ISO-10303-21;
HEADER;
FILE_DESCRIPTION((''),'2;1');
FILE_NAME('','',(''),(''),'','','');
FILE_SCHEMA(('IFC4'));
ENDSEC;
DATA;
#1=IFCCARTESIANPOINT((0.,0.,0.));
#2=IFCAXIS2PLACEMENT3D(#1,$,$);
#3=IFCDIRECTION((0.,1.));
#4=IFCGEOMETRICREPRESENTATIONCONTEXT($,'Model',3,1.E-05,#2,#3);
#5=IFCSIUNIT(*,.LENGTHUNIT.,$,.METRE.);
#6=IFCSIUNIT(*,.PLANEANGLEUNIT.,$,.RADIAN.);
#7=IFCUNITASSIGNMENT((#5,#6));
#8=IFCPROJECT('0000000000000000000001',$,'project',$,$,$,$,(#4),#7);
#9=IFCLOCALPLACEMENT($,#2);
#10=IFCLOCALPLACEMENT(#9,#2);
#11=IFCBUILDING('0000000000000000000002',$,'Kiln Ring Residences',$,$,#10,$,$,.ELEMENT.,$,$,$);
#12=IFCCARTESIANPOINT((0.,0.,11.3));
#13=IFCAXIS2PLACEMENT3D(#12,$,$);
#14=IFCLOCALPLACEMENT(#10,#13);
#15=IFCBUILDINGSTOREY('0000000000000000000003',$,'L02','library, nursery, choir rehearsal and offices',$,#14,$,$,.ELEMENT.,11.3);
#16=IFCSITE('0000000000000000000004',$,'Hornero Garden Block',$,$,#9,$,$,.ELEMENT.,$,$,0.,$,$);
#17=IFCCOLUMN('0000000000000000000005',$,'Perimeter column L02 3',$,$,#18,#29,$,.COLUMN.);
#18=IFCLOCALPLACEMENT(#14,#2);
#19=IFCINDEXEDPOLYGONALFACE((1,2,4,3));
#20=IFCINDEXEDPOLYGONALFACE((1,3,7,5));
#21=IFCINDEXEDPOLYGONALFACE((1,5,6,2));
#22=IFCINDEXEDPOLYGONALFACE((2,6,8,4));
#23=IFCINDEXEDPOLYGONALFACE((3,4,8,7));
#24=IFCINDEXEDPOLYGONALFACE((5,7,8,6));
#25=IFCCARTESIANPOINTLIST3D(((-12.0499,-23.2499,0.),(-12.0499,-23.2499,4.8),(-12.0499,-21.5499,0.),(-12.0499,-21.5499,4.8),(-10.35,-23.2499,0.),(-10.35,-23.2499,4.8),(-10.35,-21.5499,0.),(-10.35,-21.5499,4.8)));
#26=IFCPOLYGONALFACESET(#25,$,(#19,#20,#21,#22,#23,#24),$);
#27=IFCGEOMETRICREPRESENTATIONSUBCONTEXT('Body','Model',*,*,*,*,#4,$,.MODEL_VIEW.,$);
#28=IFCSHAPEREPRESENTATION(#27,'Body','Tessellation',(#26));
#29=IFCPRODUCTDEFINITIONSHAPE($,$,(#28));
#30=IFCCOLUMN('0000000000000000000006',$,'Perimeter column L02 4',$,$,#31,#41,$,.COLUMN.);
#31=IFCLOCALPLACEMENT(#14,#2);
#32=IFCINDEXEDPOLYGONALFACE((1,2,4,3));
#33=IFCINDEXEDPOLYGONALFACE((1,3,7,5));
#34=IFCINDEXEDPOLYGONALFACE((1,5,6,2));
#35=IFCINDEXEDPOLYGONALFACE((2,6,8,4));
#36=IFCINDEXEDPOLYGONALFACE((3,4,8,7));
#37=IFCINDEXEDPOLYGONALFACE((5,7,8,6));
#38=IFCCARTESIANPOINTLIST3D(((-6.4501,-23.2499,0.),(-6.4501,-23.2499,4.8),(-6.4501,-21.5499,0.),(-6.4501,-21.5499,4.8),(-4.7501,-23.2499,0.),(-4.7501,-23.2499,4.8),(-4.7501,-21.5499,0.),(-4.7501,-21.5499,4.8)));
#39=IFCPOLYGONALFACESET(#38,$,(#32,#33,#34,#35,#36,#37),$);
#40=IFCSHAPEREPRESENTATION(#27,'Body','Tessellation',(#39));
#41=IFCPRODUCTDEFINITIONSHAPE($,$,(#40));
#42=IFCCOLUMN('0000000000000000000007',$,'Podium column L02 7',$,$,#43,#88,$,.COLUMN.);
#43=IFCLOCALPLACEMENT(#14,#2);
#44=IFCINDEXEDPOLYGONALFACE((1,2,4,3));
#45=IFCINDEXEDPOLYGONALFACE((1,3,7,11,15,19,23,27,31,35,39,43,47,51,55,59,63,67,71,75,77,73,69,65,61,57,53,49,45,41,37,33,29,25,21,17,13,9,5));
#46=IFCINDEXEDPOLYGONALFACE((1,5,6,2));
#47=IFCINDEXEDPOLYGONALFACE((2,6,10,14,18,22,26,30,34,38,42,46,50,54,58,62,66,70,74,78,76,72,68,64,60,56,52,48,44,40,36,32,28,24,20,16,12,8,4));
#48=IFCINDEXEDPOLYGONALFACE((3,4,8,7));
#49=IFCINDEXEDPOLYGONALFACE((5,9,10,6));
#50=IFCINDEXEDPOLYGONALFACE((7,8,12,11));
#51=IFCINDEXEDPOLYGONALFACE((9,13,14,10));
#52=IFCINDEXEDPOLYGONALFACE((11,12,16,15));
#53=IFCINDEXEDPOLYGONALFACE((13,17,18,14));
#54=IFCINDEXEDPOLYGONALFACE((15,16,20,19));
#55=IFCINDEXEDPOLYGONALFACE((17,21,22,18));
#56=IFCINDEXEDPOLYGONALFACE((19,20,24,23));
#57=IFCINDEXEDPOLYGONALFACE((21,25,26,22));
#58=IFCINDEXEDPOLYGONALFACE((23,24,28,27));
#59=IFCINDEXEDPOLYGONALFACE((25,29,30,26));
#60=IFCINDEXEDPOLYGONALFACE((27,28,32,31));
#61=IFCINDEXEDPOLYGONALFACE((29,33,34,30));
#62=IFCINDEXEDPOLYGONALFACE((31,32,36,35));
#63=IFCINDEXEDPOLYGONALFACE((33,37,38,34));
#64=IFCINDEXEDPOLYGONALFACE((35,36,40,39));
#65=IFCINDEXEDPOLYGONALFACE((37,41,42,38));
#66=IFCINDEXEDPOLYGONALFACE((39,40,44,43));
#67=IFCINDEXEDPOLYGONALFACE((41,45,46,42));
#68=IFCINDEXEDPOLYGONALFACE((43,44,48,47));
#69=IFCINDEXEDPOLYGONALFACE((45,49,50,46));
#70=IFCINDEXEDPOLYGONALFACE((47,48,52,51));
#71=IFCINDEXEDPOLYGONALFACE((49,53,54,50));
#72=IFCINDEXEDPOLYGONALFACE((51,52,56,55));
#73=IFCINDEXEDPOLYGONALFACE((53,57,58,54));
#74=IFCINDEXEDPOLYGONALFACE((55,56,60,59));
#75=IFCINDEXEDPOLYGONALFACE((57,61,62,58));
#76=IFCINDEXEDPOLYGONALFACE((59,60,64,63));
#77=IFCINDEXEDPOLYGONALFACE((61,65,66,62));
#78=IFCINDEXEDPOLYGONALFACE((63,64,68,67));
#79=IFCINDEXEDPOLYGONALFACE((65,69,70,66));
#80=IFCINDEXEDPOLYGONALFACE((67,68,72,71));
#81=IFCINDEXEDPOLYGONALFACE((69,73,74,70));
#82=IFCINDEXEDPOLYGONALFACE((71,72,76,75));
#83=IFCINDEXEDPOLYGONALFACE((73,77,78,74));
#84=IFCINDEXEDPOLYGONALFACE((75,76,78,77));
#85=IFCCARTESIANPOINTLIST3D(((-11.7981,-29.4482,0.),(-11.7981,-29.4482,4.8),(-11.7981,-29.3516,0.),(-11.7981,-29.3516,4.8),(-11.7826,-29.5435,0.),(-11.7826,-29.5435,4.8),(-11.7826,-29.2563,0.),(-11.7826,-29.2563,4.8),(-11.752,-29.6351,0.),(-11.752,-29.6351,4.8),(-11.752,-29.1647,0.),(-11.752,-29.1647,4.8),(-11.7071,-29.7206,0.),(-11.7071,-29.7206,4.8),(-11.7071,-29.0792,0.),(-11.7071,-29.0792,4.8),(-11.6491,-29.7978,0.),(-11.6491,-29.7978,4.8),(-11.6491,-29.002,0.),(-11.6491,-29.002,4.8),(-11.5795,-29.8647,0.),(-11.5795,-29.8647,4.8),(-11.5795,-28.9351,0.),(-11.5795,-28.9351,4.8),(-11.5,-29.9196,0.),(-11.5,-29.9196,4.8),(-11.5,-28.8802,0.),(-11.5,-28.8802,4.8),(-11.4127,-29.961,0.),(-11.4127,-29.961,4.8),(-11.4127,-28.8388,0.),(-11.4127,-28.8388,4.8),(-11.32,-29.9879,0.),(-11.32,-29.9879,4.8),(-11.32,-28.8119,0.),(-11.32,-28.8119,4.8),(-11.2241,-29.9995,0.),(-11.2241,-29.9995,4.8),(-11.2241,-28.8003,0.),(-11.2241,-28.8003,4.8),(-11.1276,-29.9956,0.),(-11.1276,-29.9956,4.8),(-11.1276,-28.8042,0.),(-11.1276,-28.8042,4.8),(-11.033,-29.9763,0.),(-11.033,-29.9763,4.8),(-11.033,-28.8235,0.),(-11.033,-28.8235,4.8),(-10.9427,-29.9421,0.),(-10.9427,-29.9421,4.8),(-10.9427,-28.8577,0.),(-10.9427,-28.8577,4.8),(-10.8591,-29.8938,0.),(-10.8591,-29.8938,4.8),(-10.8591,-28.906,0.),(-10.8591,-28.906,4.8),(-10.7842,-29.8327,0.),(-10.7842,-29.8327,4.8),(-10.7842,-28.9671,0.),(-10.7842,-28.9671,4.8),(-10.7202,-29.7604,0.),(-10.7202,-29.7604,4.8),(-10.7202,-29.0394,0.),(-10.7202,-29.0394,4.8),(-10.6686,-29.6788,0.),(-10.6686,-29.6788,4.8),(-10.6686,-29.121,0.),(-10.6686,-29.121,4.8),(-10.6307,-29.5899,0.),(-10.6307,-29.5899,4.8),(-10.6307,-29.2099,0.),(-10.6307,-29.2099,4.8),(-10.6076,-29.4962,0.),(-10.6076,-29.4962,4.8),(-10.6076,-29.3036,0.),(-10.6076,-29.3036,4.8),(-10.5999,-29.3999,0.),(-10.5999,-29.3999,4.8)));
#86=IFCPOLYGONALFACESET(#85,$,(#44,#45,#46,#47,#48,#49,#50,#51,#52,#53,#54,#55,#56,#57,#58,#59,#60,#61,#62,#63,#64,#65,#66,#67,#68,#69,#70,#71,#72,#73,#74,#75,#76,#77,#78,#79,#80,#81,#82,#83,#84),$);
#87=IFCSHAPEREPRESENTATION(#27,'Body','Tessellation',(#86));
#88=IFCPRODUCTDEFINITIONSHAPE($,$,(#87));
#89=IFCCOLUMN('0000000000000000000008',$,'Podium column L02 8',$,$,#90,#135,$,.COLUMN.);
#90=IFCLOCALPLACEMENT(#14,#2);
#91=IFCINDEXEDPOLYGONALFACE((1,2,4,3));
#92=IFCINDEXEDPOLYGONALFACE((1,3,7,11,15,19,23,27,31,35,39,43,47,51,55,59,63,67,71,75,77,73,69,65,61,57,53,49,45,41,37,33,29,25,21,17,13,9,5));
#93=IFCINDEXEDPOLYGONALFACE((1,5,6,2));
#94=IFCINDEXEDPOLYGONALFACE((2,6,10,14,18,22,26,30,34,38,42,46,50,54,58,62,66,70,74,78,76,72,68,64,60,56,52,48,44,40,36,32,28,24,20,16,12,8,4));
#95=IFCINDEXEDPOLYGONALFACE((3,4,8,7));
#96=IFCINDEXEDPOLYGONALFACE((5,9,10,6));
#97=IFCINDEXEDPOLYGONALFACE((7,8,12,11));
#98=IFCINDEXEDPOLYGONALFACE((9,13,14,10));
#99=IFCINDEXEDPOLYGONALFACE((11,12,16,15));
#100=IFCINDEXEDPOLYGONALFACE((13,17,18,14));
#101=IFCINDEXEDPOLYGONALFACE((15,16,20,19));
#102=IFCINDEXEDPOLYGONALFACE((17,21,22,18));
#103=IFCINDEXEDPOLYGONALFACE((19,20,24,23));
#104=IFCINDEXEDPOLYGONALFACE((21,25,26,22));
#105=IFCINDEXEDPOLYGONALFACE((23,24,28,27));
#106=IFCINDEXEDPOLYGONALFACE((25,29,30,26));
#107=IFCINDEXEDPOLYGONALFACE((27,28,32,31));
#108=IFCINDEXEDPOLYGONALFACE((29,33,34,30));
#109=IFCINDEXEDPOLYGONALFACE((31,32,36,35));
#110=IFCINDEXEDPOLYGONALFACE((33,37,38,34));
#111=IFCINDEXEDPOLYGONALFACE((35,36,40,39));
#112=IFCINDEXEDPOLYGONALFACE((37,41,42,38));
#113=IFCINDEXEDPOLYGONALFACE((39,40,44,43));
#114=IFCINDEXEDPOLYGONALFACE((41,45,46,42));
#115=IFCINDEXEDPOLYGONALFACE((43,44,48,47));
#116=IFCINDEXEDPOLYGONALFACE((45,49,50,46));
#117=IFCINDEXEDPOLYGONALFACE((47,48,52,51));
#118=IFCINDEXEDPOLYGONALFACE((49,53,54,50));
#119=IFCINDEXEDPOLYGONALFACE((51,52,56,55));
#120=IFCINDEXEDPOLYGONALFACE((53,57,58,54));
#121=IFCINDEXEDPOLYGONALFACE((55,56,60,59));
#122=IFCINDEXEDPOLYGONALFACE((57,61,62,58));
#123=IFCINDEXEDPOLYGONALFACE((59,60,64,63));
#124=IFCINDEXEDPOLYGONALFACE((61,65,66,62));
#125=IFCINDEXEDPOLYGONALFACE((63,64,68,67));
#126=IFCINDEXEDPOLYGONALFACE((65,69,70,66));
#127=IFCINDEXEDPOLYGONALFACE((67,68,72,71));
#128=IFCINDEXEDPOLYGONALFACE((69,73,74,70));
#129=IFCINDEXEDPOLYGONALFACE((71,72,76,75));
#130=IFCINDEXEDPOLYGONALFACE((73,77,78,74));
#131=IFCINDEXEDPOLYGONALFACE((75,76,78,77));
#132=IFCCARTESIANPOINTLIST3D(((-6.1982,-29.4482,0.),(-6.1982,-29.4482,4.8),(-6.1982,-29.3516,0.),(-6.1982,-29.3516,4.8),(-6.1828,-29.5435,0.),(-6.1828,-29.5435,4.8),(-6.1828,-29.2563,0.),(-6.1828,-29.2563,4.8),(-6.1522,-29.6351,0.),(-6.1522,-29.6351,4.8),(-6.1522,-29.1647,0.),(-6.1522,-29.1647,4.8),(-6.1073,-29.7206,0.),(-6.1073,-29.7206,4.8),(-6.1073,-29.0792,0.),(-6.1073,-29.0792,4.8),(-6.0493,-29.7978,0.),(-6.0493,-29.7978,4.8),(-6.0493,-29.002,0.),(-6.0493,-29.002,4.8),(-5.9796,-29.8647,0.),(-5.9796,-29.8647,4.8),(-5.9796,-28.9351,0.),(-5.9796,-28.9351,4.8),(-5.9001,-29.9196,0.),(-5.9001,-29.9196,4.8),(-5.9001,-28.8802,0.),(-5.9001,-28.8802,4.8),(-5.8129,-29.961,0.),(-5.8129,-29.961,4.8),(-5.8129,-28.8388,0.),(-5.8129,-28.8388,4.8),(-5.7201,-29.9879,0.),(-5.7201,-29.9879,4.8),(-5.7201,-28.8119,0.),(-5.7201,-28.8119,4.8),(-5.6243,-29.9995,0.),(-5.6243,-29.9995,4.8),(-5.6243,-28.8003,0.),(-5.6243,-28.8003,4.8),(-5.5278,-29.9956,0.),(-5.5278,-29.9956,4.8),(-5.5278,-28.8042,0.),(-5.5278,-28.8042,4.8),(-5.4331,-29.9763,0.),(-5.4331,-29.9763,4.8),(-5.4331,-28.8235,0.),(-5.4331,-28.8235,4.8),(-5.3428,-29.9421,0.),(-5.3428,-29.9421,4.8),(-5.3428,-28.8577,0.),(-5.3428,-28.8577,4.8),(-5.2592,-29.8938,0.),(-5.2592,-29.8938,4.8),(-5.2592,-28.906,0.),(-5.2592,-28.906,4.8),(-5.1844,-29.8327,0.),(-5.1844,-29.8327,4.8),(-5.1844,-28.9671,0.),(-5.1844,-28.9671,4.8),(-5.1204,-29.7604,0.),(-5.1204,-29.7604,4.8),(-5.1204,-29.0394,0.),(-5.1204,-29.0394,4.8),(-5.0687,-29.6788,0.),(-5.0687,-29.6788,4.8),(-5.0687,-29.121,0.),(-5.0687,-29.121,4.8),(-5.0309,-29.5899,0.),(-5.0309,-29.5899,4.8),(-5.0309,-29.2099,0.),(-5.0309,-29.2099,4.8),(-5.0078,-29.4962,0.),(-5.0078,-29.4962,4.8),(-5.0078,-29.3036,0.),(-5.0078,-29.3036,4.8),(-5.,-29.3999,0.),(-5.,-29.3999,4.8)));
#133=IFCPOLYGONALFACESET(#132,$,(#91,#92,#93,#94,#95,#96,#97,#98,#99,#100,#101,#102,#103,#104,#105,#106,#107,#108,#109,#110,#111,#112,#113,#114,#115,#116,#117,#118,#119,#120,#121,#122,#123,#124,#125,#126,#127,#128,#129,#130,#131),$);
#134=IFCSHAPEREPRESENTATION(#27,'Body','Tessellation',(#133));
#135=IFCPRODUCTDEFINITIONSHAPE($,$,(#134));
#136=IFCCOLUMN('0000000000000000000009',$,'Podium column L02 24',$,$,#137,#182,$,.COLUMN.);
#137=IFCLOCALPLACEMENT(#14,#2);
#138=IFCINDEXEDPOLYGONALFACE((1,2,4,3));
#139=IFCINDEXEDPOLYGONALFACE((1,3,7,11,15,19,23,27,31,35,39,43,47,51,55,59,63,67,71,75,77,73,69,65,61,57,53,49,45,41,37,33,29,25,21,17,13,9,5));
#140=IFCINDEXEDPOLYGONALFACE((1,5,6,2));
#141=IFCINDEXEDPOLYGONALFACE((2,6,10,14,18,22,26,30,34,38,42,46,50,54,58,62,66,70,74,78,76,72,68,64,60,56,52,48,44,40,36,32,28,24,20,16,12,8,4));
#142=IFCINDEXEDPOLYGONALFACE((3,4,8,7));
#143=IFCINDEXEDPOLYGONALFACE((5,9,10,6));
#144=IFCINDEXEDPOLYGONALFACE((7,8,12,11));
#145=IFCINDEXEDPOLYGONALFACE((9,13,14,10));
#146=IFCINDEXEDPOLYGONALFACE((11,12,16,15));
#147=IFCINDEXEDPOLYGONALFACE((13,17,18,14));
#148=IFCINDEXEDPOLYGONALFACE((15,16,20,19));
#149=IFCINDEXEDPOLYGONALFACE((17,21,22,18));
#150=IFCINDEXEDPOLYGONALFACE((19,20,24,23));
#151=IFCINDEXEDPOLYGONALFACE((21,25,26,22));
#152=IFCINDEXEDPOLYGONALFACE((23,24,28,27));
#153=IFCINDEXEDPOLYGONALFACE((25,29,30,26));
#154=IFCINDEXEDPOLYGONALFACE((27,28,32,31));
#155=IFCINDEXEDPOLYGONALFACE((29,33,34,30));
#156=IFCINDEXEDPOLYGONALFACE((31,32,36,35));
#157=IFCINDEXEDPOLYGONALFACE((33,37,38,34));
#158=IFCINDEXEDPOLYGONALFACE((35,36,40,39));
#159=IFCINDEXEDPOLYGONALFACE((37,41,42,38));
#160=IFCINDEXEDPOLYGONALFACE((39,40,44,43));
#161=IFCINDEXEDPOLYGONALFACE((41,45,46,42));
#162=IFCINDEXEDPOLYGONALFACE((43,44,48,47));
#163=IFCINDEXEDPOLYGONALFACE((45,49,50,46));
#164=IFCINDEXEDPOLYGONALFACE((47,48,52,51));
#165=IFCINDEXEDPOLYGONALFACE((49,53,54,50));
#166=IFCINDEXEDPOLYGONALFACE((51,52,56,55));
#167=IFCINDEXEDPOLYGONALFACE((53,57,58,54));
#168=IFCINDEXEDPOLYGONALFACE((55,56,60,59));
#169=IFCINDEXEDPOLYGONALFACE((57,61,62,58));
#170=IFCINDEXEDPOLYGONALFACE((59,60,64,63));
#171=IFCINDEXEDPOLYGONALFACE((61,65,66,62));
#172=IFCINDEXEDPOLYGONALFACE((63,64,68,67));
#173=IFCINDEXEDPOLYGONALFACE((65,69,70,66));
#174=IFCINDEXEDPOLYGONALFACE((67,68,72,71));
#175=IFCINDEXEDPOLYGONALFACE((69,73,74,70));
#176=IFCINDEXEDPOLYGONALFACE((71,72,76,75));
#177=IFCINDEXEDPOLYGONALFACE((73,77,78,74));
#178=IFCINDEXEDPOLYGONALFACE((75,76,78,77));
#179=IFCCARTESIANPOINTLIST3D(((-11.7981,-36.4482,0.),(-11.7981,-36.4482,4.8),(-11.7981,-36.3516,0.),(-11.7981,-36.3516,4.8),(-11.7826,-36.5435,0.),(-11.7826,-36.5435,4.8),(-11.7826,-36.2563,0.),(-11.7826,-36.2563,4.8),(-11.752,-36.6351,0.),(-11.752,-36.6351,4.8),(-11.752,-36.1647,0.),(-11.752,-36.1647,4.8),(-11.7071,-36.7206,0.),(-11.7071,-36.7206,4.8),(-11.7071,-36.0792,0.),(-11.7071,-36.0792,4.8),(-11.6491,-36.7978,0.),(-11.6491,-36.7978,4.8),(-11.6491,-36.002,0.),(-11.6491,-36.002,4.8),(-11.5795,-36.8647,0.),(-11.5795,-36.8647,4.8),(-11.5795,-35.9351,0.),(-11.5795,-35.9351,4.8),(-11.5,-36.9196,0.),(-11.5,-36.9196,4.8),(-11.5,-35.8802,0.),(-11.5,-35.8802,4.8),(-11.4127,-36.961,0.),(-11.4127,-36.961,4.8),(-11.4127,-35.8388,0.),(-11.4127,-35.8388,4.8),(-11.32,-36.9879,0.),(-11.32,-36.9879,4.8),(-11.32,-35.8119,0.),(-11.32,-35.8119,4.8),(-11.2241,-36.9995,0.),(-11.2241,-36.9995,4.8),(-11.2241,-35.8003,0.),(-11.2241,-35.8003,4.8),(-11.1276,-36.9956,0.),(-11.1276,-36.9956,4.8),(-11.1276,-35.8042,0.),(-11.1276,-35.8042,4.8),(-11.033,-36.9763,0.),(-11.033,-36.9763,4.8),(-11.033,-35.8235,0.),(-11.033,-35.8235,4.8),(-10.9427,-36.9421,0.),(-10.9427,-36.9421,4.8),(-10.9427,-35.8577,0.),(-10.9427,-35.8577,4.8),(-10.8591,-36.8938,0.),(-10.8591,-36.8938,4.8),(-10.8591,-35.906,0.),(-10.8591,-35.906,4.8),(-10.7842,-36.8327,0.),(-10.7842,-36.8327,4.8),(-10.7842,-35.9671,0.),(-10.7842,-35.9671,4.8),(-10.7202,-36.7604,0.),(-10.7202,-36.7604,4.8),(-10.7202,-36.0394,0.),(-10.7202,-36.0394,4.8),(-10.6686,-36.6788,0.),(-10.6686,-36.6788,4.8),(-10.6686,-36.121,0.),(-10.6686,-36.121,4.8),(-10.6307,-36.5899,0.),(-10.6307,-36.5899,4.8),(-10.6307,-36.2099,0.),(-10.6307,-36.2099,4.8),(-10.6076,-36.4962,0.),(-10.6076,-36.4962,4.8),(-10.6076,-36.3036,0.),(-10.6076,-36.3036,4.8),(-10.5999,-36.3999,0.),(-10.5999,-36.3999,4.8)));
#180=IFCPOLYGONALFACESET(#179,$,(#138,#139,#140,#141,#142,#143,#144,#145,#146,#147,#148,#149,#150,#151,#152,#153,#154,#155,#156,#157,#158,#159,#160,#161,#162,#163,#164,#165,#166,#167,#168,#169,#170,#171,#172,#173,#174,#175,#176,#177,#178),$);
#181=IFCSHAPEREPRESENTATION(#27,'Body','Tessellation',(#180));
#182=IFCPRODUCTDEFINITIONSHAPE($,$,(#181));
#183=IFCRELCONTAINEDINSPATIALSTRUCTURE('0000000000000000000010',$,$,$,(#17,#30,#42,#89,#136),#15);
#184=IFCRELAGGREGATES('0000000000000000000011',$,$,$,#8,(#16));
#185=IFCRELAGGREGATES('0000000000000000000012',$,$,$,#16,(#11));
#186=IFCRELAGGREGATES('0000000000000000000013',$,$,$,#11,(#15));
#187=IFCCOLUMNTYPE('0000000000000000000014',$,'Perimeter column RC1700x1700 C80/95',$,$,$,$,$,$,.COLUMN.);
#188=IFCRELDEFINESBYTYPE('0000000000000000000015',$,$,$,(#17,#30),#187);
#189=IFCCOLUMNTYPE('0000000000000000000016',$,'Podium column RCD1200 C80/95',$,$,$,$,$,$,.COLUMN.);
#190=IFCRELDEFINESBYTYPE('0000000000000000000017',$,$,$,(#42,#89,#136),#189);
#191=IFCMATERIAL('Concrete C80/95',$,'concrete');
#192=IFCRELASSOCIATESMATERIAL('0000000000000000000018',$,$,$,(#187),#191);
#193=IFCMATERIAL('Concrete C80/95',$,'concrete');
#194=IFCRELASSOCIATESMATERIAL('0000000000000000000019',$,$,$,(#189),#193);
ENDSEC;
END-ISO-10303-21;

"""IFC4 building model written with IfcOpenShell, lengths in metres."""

from ifc_helpers import new_model, si_unit, direction, frame, origin, origin_2d, place, context, subcontext, project, spatial, rectangle, circle, extrude, material, material_profile, profile_set, type_object, element, save


model = new_model("IFC4")

# Units and contexts
model_context = context("Model", 3, precision=1e-05, world=origin(), true_north=direction((0.0, 1.0)))
body_context = subcontext(model_context, "Body", "Model", "MODEL_VIEW")
ifc_project = project(units=[si_unit("LENGTHUNIT", "METRE"), si_unit("PLANEANGLEUNIT", "RADIAN")], contexts=[model_context])

# Site, building, storey
site_placement = place(None, origin())
site = spatial("IfcSite", under=ifc_project, at=site_placement, Name="Hornero Garden Block", CompositionType="ELEMENT", RefElevation=0.0)
building_placement = place(site_placement, origin())
building = spatial("IfcBuilding", under=site, at=building_placement, Name="Kiln Ring Residences", CompositionType="ELEMENT")
storey_placement = place(building_placement, frame((0.0, 0.0, 11.3)))
storey = spatial("IfcBuildingStorey", under=building, at=storey_placement, Name="L02", Description="library, nursery, choir rehearsal and offices", CompositionType="ELEMENT", Elevation=11.3)

# Columns
ifc_material_1 = material(Name="Concrete C80/95", Category="concrete")
ifc_material_profile_1 = material_profile(ifc_material_1, rectangle(XDim=1.7, YDim=1.7, at=origin_2d()), Name="RC1700x1700")
ifc_profile_set_1 = profile_set([ifc_material_profile_1], Name="Concrete C80/95")
column_type_1 = type_object("IfcColumnType", Name="Perimeter column RC1700x1700 C80/95", PredefinedType="COLUMN", material=ifc_profile_set_1)
for number, where, z_axis, x_axis, name in (
    (1, (-11.2, -22.3999, 0.0), (0.0, 0.0, 1.0), (1.0, 0.0, 0.0), "Perimeter column L02 3"),
    (2, (-5.6001, -22.3999, 0.0), (0.0, 0.0, 1.0), (1.0, 0.0, 0.0), "Perimeter column L02 4"),
):
    element("IfcColumn", number, at=place(storey_placement, frame(where, z_axis=z_axis, x_axis=x_axis)), inside=storey, type_object=column_type_1, Name=name, PredefinedType="COLUMN", context=body_context, shape_type="SweptSolid", body=[
        extrude(rectangle(XDim=1.7, YDim=1.7, at=origin_2d()), origin(), (0.0, 0.0, 1.0), 4.8),
    ])
ifc_material_2 = material(Name="Concrete C80/95", Category="concrete")
ifc_material_profile_2 = material_profile(ifc_material_2, circle(Radius=0.6001, at=origin_2d()), Name="RCD1200")
ifc_profile_set_2 = profile_set([ifc_material_profile_2], Name="Concrete C80/95")
column_type_2 = type_object("IfcColumnType", Name="Podium column RCD1200 C80/95", PredefinedType="COLUMN", material=ifc_profile_set_2)
for number, where, z_axis, x_axis, name in (
    (3, (-11.2, -29.3999, 0.0), (0.0, 0.0, 1.0), (1.0, 0.0, 0.0), "Podium column L02 7"),
    (4, (-5.6001, -29.3999, 0.0), (0.0, 0.0, 1.0), (1.0, 0.0, 0.0), "Podium column L02 8"),
    (5, (-11.2, -36.3999, 0.0), (0.0, 0.0, 1.0), (1.0, 0.0, 0.0), "Podium column L02 24"),
):
    element("IfcColumn", number, at=place(storey_placement, frame(where, z_axis=z_axis, x_axis=x_axis)), inside=storey, type_object=column_type_2, Name=name, PredefinedType="COLUMN", context=body_context, shape_type="SweptSolid", body=[
        extrude(circle(Radius=0.6001, at=origin_2d()), origin(), (0.0, 0.0, 1.0), 4.8),
    ])

save(model, "model.ifc")
